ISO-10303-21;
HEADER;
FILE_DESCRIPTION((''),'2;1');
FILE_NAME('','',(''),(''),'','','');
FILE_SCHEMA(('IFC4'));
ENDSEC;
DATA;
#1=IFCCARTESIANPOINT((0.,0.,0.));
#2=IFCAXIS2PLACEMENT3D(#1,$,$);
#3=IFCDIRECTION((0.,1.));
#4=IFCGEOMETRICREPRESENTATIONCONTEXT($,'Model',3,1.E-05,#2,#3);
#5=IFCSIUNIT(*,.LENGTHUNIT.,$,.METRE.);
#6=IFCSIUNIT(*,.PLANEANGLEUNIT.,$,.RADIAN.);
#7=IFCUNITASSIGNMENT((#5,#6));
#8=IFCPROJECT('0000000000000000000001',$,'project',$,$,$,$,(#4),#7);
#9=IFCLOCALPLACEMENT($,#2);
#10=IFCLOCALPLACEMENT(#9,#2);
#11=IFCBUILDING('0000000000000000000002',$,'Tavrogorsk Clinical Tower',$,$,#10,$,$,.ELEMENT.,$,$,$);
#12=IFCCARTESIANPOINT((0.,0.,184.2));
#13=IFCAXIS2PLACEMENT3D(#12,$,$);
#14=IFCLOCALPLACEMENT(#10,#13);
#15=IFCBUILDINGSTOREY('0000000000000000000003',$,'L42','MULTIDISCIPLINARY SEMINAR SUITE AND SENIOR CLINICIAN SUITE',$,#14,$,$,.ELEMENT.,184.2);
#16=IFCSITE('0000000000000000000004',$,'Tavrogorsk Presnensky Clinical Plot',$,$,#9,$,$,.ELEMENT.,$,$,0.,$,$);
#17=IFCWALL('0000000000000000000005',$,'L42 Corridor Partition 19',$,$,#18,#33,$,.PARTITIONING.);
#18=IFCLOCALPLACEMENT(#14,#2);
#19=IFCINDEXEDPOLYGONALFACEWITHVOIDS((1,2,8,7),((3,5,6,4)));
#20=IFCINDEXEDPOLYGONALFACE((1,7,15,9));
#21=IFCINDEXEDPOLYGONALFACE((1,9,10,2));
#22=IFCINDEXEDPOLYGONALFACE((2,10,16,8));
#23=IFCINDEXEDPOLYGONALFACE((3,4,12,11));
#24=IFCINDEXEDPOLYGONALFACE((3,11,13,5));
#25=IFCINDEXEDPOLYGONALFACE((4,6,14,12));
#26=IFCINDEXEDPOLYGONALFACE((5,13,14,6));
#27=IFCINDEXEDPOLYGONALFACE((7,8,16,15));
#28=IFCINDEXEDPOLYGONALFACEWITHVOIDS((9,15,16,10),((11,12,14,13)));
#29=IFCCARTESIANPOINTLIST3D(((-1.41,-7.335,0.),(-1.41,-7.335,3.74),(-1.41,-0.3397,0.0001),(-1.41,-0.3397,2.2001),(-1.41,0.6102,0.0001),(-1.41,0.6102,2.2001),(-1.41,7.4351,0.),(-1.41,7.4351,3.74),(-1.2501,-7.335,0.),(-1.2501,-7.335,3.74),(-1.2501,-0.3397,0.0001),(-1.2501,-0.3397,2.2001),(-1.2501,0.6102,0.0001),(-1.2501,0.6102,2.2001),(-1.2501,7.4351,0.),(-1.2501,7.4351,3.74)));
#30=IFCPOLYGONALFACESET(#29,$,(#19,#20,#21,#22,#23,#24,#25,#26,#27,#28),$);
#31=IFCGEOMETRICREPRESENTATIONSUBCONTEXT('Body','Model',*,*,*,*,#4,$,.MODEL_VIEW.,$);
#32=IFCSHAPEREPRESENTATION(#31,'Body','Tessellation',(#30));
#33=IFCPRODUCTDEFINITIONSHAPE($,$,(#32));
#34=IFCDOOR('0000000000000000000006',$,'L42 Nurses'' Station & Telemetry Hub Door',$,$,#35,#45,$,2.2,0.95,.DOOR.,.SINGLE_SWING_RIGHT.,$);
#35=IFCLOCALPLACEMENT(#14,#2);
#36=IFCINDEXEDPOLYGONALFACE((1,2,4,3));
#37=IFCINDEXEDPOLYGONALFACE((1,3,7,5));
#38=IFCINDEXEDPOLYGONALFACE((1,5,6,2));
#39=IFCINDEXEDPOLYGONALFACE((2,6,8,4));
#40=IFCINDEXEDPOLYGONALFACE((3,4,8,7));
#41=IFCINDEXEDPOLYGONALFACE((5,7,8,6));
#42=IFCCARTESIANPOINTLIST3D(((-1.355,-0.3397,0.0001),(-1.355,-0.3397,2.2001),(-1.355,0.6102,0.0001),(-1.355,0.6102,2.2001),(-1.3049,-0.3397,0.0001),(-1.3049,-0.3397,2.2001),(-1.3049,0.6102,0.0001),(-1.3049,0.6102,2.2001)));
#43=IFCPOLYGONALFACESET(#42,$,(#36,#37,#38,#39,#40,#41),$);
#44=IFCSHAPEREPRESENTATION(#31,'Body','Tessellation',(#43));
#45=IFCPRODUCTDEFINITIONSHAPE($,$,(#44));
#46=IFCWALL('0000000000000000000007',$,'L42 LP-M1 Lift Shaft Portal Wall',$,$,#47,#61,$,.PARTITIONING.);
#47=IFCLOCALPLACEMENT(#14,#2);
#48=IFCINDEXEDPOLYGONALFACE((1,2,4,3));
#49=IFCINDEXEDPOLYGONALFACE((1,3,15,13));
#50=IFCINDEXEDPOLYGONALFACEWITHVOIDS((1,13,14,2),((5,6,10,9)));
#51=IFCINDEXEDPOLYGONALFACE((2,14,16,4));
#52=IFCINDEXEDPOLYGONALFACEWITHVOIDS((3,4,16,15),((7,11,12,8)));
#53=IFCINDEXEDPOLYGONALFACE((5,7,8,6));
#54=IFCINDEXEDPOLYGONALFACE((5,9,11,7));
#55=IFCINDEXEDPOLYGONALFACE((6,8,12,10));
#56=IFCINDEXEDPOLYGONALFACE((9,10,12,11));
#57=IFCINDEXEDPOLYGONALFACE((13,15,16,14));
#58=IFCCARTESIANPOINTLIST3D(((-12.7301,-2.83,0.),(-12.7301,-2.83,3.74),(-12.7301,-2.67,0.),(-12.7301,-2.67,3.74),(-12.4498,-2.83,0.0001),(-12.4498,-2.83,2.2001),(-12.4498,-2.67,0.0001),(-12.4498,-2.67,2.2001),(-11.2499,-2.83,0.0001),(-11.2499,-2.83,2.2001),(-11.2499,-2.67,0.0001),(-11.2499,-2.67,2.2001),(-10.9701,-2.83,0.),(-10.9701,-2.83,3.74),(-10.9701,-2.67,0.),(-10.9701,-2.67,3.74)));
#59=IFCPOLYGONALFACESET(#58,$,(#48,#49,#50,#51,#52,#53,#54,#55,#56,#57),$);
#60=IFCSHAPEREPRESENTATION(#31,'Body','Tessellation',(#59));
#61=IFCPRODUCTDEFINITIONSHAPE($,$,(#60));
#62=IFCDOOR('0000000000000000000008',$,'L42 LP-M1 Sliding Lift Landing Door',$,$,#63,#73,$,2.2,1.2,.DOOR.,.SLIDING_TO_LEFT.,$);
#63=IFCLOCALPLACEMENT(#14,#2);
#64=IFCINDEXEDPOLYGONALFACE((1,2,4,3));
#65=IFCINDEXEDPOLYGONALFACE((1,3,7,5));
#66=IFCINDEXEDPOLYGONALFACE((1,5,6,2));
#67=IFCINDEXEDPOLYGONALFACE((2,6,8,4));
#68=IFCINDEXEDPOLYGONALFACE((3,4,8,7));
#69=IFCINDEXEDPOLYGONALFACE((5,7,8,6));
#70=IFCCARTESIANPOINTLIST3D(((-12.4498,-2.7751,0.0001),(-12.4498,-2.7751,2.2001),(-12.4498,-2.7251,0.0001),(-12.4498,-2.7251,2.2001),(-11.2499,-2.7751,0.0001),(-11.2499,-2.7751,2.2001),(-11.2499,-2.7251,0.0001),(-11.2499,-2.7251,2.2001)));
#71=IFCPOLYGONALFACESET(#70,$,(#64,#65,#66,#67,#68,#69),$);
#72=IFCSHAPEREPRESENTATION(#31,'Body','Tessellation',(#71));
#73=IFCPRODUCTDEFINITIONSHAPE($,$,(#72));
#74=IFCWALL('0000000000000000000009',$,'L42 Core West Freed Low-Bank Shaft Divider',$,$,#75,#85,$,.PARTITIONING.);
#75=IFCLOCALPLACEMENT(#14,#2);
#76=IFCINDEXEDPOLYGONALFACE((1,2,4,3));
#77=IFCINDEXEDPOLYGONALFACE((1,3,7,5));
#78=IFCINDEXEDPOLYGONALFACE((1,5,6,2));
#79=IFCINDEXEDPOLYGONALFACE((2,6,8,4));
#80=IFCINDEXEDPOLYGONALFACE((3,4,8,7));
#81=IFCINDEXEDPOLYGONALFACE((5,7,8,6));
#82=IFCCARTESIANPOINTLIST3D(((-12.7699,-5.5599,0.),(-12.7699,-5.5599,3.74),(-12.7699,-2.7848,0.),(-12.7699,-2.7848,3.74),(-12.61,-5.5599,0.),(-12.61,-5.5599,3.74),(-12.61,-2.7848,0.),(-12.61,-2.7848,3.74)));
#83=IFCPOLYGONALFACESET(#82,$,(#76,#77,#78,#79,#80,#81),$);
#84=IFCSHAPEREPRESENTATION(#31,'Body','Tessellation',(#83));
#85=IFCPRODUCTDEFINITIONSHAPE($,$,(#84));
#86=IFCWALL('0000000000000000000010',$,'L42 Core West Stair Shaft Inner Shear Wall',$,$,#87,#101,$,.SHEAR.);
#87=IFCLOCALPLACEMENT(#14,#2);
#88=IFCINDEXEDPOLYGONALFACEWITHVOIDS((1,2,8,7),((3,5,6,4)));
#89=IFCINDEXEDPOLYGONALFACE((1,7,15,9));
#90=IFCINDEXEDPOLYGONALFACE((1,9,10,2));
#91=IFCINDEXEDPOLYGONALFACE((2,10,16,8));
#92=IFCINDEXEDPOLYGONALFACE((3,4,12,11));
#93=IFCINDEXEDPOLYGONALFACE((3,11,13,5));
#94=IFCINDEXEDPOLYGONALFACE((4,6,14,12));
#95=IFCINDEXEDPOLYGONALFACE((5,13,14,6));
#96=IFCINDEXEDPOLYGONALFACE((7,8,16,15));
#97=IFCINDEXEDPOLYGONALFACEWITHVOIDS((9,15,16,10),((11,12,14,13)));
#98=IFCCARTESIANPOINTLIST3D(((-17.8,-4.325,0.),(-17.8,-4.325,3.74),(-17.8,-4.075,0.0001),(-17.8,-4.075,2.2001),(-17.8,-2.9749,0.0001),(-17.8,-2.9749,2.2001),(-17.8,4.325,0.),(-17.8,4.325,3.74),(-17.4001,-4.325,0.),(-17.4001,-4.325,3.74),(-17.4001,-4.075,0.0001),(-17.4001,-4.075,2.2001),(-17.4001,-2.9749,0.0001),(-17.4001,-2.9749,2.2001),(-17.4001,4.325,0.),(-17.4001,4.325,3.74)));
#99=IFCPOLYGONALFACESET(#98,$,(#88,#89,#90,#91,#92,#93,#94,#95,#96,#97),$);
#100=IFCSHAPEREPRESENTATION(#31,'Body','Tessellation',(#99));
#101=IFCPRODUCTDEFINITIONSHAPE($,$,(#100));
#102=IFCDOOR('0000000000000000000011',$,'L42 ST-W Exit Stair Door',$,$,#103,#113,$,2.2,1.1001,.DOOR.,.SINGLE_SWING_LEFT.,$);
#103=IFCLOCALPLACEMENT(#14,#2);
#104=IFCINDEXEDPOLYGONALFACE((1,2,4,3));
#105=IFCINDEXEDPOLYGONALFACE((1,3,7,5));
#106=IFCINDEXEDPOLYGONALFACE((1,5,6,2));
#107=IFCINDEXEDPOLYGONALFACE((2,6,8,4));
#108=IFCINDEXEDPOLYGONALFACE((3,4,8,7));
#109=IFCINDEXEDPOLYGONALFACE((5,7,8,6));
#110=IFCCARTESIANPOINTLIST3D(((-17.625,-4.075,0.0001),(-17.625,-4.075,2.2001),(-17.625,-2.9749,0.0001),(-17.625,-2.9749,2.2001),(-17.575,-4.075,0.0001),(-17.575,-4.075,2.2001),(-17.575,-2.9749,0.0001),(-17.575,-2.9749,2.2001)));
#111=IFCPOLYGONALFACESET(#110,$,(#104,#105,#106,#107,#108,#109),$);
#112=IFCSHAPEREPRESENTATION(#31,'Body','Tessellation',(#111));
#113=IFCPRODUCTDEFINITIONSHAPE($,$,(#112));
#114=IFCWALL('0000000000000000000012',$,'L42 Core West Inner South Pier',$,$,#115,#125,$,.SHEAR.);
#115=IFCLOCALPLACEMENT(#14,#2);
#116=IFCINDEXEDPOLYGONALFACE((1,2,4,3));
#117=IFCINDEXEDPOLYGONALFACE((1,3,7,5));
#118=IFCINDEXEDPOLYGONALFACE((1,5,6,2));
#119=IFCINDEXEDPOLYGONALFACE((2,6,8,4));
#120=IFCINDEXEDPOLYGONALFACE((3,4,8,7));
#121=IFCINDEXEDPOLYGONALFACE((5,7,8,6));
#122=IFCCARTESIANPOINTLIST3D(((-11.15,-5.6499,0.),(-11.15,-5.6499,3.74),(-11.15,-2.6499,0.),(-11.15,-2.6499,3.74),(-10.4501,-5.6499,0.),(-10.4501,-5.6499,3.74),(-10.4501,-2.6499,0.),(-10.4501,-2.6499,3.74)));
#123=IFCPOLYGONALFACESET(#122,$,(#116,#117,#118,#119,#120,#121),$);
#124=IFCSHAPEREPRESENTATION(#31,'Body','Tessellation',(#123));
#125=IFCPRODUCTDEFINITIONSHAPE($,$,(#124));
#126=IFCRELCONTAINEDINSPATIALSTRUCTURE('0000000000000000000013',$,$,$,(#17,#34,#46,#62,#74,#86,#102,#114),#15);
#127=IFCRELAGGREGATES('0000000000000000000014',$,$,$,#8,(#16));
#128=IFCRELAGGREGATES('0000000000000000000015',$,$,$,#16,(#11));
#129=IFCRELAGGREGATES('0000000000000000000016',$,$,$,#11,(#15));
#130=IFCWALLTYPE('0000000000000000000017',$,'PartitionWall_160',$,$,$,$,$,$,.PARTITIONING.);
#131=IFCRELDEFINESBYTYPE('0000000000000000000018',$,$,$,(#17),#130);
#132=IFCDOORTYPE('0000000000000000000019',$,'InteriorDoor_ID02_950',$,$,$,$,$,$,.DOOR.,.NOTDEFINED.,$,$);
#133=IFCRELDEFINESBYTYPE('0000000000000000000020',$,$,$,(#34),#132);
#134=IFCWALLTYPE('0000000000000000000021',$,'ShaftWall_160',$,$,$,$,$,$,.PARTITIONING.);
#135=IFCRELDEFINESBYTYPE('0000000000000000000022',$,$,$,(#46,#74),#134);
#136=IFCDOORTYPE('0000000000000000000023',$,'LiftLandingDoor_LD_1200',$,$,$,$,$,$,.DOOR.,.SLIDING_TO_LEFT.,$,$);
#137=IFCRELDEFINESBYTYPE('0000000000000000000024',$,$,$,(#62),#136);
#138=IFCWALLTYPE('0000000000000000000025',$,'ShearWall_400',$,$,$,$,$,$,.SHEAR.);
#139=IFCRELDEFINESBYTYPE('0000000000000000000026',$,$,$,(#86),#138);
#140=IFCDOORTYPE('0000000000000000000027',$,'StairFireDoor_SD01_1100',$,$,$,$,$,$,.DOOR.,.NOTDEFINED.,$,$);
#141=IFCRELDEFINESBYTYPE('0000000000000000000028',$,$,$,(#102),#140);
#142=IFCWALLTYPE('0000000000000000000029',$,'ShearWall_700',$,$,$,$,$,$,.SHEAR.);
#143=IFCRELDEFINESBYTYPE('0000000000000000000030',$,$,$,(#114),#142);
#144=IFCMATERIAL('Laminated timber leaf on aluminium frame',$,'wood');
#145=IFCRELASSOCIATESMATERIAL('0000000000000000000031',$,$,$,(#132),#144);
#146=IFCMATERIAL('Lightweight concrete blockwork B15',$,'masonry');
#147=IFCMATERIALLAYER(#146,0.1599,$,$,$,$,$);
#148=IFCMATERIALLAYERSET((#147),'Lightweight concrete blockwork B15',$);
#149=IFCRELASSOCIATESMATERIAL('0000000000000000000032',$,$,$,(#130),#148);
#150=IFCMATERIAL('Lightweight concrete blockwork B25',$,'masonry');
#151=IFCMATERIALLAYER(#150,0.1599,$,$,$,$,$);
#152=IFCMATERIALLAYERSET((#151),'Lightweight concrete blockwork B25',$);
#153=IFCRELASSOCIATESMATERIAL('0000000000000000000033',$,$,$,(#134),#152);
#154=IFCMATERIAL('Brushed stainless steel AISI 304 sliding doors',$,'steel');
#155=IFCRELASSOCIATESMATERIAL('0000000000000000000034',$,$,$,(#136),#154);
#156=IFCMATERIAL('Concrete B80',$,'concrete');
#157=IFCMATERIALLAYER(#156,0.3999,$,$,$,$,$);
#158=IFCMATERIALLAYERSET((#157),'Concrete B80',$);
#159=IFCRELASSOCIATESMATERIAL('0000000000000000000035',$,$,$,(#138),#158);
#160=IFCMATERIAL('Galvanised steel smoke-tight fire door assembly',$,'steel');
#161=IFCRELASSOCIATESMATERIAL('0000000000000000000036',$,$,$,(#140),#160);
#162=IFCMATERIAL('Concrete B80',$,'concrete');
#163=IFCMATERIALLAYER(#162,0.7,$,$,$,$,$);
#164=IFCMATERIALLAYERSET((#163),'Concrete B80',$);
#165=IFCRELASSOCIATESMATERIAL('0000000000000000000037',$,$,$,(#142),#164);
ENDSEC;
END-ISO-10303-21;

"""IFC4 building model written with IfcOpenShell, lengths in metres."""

from ifc_helpers import new_model, si_unit, direction, frame, frame_2d, origin, place, context, subcontext, project, spatial, rectangle, extrude, material, layer, layer_set, type_object, element, fill, save


model = new_model("IFC4")

# Units and contexts
model_context = context("Model", 3, precision=1e-05, world=origin(), true_north=direction((0.0, 1.0)))
body_context = subcontext(model_context, "Body", "Model", "MODEL_VIEW")
ifc_project = project(units=[si_unit("LENGTHUNIT", "METRE"), si_unit("PLANEANGLEUNIT", "RADIAN")], contexts=[model_context])

# Site, building, storey
site_placement = place(None, origin())
site = spatial("IfcSite", under=ifc_project, at=site_placement, Name="Tavrogorsk Presnensky Clinical Plot", CompositionType="ELEMENT", RefElevation=0.0)
building_placement = place(site_placement, origin())
building = spatial("IfcBuilding", under=site, at=building_placement, Name="Tavrogorsk Clinical Tower", CompositionType="ELEMENT")
storey_placement = place(building_placement, frame((0.0, 0.0, 184.2)))
storey = spatial("IfcBuildingStorey", under=building, at=storey_placement, Name="L42", Description="MULTIDISCIPLINARY SEMINAR SUITE AND SENIOR CLINICIAN SUITE", CompositionType="ELEMENT", Elevation=184.2)

# Shared definitions
ifc_material_1 = material(Name="Laminated timber leaf on aluminium frame", Category="wood")
door_type_1 = type_object("IfcDoorType", Name="InteriorDoor_ID02_950", OperationType="NOTDEFINED", PredefinedType="DOOR", material=ifc_material_1)

# Shared definitions
ifc_material_2 = material(Name="Lightweight concrete blockwork B15", Category="masonry")
ifc_layer_1 = layer(ifc_material_2, 0.1599)
ifc_layer_set_1 = layer_set([ifc_layer_1], Name="Lightweight concrete blockwork B15")
wall_type_1 = type_object("IfcWallType", Name="PartitionWall_160", PredefinedType="PARTITIONING", material=ifc_layer_set_1)

# Walls, openings, doors
wall_1_placement = place(storey_placement, frame((-1.3301, -7.335, 0.0), z_axis=(0.0, 0.0, 1.0), x_axis=(0.0, 1.0, 0.0)))
wall_1 = element("IfcWall", 1, at=wall_1_placement, inside=storey, type_object=wall_type_1, Name="L42 Corridor Partition 19", PredefinedType="PARTITIONING", context=body_context, shape_type="SweptSolid", body=[
    extrude(rectangle(XDim=14.77, YDim=0.1599, at=frame_2d((7.385, 0.0))), origin(), (0.0, 0.0, 1.0), 3.74),
])
opening_1_placement = place(wall_1_placement, frame((6.9951, 0.0, 0.0)))
opening_1 = element("IfcOpeningElement", 2, at=opening_1_placement, cuts=wall_1, PredefinedType="OPENING", context=body_context, shape_type="SweptSolid", body=[
    extrude(rectangle(XDim=0.95, YDim=2.2, at=frame_2d((0.4751, 1.1001))), frame((0.0, 0.0898, 0.0), z_axis=(0.0, -1.0, 0.0), x_axis=(1.0, 0.0, 0.0)), (0.0, 0.0, 1.0), 0.1799),
])
door_1_placement = place(opening_1_placement, origin())
door_1 = element("IfcDoor", 3, at=door_1_placement, inside=storey, type_object=door_type_1, Name="L42 Nurses' Station & Telemetry Hub Door", OperationType="SINGLE_SWING_RIGHT", OverallHeight=2.2, OverallWidth=0.95, PredefinedType="DOOR", context=body_context, shape_type="SweptSolid", body=[
    extrude(rectangle(XDim=0.95, YDim=2.2, at=frame_2d((0.4751, 1.1001))), frame((0.0, 0.0249, 0.0), z_axis=(0.0, -1.0, 0.0), x_axis=(1.0, 0.0, 0.0)), (0.0, 0.0, 1.0), 0.05),
])
fill(opening_1, door_1)
ifc_material_3 = material(Name="Lightweight concrete blockwork B25", Category="masonry")
ifc_layer_2 = layer(ifc_material_3, 0.1599)
ifc_layer_set_2 = layer_set([ifc_layer_2], Name="Lightweight concrete blockwork B25")
wall_type_2 = type_object("IfcWallType", Name="ShaftWall_160", PredefinedType="PARTITIONING", material=ifc_layer_set_2)
wall_2_placement = place(storey_placement, frame((-12.73, -2.75, 0.0), z_axis=(0.0, 0.0, 1.0), x_axis=(1.0, 0.0, 0.0)))
wall_2 = element("IfcWall", 4, at=wall_2_placement, inside=storey, type_object=wall_type_2, Name="L42 LP-M1 Lift Shaft Portal Wall", PredefinedType="PARTITIONING", context=body_context, shape_type="SweptSolid", body=[
    extrude(rectangle(XDim=1.76, YDim=0.1599, at=frame_2d((0.8799, 0.0))), origin(), (0.0, 0.0, 1.0), 3.74),
])
opening_2_placement = place(wall_2_placement, frame((0.28, 0.0, 0.0)))
opening_2 = element("IfcOpeningElement", 5, at=opening_2_placement, cuts=wall_2, PredefinedType="OPENING", context=body_context, shape_type="SweptSolid", body=[
    extrude(rectangle(XDim=1.2, YDim=2.2, at=frame_2d((0.6001, 1.1001))), frame((0.0, 0.0898, 0.0), z_axis=(0.0, -1.0, 0.0), x_axis=(1.0, 0.0, 0.0)), (0.0, 0.0, 1.0), 0.1799),
])
ifc_material_4 = material(Name="Brushed stainless steel AISI 304 sliding doors", Category="steel")
door_type_2 = type_object("IfcDoorType", Name="LiftLandingDoor_LD_1200", OperationType="SLIDING_TO_LEFT", PredefinedType="DOOR", material=ifc_material_4)
door_2_placement = place(opening_2_placement, origin())
door_2 = element("IfcDoor", 6, at=door_2_placement, inside=storey, type_object=door_type_2, Name="L42 LP-M1 Sliding Lift Landing Door", OperationType="SLIDING_TO_LEFT", OverallHeight=2.2, OverallWidth=1.2, PredefinedType="DOOR", context=body_context, shape_type="SweptSolid", body=[
    extrude(rectangle(XDim=1.2, YDim=2.2, at=frame_2d((0.6001, 1.1001))), frame((0.0, 0.0249, 0.0), z_axis=(0.0, -1.0, 0.0), x_axis=(1.0, 0.0, 0.0)), (0.0, 0.0, 1.0), 0.05),
])
fill(opening_2, door_2)

# Wall
wall_3_placement = place(storey_placement, frame((-12.6899, -5.5601, 0.0), z_axis=(0.0, 0.0, 1.0), x_axis=(0.0, 1.0, 0.0)))
element("IfcWall", 7, at=wall_3_placement, inside=storey, type_object=wall_type_2, Name="L42 Core West Freed Low-Bank Shaft Divider", PredefinedType="PARTITIONING", context=body_context, shape_type="SweptSolid", body=[
    extrude(rectangle(XDim=2.7751, YDim=0.1599, at=frame_2d((1.3877, 0.0))), origin(), (0.0, 0.0, 1.0), 3.74),
])

# Wall, opening, door
ifc_material_5 = material(Name="Concrete B80", Category="concrete")
ifc_layer_3 = layer(ifc_material_5, 0.3999)
ifc_layer_set_3 = layer_set([ifc_layer_3], Name="Concrete B80")
wall_type_3 = type_object("IfcWallType", Name="ShearWall_400", PredefinedType="SHEAR", material=ifc_layer_set_3)
wall_4_placement = place(storey_placement, frame((-17.6001, -4.325, 0.0), z_axis=(0.0, 0.0, 1.0), x_axis=(0.0, 1.0, 0.0)))
wall_4 = element("IfcWall", 8, at=wall_4_placement, inside=storey, type_object=wall_type_3, Name="L42 Core West Stair Shaft Inner Shear Wall", PredefinedType="SHEAR", context=body_context, shape_type="SweptSolid", body=[
    extrude(rectangle(XDim=8.6499, YDim=0.3999, at=frame_2d((4.325, 0.0))), origin(), (0.0, 0.0, 1.0), 3.74),
])
opening_3_placement = place(wall_4_placement, frame((0.25, 0.0, 0.0)))
opening_3 = element("IfcOpeningElement", 9, at=opening_3_placement, cuts=wall_4, PredefinedType="OPENING", context=body_context, shape_type="SweptSolid", body=[
    extrude(rectangle(XDim=1.1001, YDim=2.2, at=frame_2d((0.55, 1.1001))), frame((0.0, 0.21, 0.0), z_axis=(0.0, -1.0, 0.0), x_axis=(1.0, 0.0, 0.0)), (0.0, 0.0, 1.0), 0.4199),
])
ifc_material_6 = material(Name="Galvanised steel smoke-tight fire door assembly", Category="steel")
door_type_3 = type_object("IfcDoorType", Name="StairFireDoor_SD01_1100", OperationType="NOTDEFINED", PredefinedType="DOOR", material=ifc_material_6)
door_3_placement = place(opening_3_placement, origin())
door_3 = element("IfcDoor", 10, at=door_3_placement, inside=storey, type_object=door_type_3, Name="L42 ST-W Exit Stair Door", OperationType="SINGLE_SWING_LEFT", OverallHeight=2.2, OverallWidth=1.1001, PredefinedType="DOOR", context=body_context, shape_type="SweptSolid", body=[
    extrude(rectangle(XDim=1.1001, YDim=2.2, at=frame_2d((0.55, 1.1001))), frame((0.0, 0.0249, 0.0), z_axis=(0.0, -1.0, 0.0), x_axis=(1.0, 0.0, 0.0)), (0.0, 0.0, 1.0), 0.05),
])
fill(opening_3, door_3)

# Wall
ifc_material_7 = material(Name="Concrete B80", Category="concrete")
ifc_layer_4 = layer(ifc_material_7, 0.7)
ifc_layer_set_4 = layer_set([ifc_layer_4], Name="Concrete B80")
wall_type_4 = type_object("IfcWallType", Name="ShearWall_700", PredefinedType="SHEAR", material=ifc_layer_set_4)
wall_5_placement = place(storey_placement, frame((-10.8, -5.6499, 0.0), z_axis=(0.0, 0.0, 1.0), x_axis=(0.0, 1.0, 0.0)))
element("IfcWall", 11, at=wall_5_placement, inside=storey, type_object=wall_type_4, Name="L42 Core West Inner South Pier", PredefinedType="SHEAR", context=body_context, shape_type="SweptSolid", body=[
    extrude(rectangle(XDim=3.0, YDim=0.7, at=frame_2d((1.5, 0.0))), origin(), (0.0, 0.0, 1.0), 3.74),
])

save(model, "model.ifc")
